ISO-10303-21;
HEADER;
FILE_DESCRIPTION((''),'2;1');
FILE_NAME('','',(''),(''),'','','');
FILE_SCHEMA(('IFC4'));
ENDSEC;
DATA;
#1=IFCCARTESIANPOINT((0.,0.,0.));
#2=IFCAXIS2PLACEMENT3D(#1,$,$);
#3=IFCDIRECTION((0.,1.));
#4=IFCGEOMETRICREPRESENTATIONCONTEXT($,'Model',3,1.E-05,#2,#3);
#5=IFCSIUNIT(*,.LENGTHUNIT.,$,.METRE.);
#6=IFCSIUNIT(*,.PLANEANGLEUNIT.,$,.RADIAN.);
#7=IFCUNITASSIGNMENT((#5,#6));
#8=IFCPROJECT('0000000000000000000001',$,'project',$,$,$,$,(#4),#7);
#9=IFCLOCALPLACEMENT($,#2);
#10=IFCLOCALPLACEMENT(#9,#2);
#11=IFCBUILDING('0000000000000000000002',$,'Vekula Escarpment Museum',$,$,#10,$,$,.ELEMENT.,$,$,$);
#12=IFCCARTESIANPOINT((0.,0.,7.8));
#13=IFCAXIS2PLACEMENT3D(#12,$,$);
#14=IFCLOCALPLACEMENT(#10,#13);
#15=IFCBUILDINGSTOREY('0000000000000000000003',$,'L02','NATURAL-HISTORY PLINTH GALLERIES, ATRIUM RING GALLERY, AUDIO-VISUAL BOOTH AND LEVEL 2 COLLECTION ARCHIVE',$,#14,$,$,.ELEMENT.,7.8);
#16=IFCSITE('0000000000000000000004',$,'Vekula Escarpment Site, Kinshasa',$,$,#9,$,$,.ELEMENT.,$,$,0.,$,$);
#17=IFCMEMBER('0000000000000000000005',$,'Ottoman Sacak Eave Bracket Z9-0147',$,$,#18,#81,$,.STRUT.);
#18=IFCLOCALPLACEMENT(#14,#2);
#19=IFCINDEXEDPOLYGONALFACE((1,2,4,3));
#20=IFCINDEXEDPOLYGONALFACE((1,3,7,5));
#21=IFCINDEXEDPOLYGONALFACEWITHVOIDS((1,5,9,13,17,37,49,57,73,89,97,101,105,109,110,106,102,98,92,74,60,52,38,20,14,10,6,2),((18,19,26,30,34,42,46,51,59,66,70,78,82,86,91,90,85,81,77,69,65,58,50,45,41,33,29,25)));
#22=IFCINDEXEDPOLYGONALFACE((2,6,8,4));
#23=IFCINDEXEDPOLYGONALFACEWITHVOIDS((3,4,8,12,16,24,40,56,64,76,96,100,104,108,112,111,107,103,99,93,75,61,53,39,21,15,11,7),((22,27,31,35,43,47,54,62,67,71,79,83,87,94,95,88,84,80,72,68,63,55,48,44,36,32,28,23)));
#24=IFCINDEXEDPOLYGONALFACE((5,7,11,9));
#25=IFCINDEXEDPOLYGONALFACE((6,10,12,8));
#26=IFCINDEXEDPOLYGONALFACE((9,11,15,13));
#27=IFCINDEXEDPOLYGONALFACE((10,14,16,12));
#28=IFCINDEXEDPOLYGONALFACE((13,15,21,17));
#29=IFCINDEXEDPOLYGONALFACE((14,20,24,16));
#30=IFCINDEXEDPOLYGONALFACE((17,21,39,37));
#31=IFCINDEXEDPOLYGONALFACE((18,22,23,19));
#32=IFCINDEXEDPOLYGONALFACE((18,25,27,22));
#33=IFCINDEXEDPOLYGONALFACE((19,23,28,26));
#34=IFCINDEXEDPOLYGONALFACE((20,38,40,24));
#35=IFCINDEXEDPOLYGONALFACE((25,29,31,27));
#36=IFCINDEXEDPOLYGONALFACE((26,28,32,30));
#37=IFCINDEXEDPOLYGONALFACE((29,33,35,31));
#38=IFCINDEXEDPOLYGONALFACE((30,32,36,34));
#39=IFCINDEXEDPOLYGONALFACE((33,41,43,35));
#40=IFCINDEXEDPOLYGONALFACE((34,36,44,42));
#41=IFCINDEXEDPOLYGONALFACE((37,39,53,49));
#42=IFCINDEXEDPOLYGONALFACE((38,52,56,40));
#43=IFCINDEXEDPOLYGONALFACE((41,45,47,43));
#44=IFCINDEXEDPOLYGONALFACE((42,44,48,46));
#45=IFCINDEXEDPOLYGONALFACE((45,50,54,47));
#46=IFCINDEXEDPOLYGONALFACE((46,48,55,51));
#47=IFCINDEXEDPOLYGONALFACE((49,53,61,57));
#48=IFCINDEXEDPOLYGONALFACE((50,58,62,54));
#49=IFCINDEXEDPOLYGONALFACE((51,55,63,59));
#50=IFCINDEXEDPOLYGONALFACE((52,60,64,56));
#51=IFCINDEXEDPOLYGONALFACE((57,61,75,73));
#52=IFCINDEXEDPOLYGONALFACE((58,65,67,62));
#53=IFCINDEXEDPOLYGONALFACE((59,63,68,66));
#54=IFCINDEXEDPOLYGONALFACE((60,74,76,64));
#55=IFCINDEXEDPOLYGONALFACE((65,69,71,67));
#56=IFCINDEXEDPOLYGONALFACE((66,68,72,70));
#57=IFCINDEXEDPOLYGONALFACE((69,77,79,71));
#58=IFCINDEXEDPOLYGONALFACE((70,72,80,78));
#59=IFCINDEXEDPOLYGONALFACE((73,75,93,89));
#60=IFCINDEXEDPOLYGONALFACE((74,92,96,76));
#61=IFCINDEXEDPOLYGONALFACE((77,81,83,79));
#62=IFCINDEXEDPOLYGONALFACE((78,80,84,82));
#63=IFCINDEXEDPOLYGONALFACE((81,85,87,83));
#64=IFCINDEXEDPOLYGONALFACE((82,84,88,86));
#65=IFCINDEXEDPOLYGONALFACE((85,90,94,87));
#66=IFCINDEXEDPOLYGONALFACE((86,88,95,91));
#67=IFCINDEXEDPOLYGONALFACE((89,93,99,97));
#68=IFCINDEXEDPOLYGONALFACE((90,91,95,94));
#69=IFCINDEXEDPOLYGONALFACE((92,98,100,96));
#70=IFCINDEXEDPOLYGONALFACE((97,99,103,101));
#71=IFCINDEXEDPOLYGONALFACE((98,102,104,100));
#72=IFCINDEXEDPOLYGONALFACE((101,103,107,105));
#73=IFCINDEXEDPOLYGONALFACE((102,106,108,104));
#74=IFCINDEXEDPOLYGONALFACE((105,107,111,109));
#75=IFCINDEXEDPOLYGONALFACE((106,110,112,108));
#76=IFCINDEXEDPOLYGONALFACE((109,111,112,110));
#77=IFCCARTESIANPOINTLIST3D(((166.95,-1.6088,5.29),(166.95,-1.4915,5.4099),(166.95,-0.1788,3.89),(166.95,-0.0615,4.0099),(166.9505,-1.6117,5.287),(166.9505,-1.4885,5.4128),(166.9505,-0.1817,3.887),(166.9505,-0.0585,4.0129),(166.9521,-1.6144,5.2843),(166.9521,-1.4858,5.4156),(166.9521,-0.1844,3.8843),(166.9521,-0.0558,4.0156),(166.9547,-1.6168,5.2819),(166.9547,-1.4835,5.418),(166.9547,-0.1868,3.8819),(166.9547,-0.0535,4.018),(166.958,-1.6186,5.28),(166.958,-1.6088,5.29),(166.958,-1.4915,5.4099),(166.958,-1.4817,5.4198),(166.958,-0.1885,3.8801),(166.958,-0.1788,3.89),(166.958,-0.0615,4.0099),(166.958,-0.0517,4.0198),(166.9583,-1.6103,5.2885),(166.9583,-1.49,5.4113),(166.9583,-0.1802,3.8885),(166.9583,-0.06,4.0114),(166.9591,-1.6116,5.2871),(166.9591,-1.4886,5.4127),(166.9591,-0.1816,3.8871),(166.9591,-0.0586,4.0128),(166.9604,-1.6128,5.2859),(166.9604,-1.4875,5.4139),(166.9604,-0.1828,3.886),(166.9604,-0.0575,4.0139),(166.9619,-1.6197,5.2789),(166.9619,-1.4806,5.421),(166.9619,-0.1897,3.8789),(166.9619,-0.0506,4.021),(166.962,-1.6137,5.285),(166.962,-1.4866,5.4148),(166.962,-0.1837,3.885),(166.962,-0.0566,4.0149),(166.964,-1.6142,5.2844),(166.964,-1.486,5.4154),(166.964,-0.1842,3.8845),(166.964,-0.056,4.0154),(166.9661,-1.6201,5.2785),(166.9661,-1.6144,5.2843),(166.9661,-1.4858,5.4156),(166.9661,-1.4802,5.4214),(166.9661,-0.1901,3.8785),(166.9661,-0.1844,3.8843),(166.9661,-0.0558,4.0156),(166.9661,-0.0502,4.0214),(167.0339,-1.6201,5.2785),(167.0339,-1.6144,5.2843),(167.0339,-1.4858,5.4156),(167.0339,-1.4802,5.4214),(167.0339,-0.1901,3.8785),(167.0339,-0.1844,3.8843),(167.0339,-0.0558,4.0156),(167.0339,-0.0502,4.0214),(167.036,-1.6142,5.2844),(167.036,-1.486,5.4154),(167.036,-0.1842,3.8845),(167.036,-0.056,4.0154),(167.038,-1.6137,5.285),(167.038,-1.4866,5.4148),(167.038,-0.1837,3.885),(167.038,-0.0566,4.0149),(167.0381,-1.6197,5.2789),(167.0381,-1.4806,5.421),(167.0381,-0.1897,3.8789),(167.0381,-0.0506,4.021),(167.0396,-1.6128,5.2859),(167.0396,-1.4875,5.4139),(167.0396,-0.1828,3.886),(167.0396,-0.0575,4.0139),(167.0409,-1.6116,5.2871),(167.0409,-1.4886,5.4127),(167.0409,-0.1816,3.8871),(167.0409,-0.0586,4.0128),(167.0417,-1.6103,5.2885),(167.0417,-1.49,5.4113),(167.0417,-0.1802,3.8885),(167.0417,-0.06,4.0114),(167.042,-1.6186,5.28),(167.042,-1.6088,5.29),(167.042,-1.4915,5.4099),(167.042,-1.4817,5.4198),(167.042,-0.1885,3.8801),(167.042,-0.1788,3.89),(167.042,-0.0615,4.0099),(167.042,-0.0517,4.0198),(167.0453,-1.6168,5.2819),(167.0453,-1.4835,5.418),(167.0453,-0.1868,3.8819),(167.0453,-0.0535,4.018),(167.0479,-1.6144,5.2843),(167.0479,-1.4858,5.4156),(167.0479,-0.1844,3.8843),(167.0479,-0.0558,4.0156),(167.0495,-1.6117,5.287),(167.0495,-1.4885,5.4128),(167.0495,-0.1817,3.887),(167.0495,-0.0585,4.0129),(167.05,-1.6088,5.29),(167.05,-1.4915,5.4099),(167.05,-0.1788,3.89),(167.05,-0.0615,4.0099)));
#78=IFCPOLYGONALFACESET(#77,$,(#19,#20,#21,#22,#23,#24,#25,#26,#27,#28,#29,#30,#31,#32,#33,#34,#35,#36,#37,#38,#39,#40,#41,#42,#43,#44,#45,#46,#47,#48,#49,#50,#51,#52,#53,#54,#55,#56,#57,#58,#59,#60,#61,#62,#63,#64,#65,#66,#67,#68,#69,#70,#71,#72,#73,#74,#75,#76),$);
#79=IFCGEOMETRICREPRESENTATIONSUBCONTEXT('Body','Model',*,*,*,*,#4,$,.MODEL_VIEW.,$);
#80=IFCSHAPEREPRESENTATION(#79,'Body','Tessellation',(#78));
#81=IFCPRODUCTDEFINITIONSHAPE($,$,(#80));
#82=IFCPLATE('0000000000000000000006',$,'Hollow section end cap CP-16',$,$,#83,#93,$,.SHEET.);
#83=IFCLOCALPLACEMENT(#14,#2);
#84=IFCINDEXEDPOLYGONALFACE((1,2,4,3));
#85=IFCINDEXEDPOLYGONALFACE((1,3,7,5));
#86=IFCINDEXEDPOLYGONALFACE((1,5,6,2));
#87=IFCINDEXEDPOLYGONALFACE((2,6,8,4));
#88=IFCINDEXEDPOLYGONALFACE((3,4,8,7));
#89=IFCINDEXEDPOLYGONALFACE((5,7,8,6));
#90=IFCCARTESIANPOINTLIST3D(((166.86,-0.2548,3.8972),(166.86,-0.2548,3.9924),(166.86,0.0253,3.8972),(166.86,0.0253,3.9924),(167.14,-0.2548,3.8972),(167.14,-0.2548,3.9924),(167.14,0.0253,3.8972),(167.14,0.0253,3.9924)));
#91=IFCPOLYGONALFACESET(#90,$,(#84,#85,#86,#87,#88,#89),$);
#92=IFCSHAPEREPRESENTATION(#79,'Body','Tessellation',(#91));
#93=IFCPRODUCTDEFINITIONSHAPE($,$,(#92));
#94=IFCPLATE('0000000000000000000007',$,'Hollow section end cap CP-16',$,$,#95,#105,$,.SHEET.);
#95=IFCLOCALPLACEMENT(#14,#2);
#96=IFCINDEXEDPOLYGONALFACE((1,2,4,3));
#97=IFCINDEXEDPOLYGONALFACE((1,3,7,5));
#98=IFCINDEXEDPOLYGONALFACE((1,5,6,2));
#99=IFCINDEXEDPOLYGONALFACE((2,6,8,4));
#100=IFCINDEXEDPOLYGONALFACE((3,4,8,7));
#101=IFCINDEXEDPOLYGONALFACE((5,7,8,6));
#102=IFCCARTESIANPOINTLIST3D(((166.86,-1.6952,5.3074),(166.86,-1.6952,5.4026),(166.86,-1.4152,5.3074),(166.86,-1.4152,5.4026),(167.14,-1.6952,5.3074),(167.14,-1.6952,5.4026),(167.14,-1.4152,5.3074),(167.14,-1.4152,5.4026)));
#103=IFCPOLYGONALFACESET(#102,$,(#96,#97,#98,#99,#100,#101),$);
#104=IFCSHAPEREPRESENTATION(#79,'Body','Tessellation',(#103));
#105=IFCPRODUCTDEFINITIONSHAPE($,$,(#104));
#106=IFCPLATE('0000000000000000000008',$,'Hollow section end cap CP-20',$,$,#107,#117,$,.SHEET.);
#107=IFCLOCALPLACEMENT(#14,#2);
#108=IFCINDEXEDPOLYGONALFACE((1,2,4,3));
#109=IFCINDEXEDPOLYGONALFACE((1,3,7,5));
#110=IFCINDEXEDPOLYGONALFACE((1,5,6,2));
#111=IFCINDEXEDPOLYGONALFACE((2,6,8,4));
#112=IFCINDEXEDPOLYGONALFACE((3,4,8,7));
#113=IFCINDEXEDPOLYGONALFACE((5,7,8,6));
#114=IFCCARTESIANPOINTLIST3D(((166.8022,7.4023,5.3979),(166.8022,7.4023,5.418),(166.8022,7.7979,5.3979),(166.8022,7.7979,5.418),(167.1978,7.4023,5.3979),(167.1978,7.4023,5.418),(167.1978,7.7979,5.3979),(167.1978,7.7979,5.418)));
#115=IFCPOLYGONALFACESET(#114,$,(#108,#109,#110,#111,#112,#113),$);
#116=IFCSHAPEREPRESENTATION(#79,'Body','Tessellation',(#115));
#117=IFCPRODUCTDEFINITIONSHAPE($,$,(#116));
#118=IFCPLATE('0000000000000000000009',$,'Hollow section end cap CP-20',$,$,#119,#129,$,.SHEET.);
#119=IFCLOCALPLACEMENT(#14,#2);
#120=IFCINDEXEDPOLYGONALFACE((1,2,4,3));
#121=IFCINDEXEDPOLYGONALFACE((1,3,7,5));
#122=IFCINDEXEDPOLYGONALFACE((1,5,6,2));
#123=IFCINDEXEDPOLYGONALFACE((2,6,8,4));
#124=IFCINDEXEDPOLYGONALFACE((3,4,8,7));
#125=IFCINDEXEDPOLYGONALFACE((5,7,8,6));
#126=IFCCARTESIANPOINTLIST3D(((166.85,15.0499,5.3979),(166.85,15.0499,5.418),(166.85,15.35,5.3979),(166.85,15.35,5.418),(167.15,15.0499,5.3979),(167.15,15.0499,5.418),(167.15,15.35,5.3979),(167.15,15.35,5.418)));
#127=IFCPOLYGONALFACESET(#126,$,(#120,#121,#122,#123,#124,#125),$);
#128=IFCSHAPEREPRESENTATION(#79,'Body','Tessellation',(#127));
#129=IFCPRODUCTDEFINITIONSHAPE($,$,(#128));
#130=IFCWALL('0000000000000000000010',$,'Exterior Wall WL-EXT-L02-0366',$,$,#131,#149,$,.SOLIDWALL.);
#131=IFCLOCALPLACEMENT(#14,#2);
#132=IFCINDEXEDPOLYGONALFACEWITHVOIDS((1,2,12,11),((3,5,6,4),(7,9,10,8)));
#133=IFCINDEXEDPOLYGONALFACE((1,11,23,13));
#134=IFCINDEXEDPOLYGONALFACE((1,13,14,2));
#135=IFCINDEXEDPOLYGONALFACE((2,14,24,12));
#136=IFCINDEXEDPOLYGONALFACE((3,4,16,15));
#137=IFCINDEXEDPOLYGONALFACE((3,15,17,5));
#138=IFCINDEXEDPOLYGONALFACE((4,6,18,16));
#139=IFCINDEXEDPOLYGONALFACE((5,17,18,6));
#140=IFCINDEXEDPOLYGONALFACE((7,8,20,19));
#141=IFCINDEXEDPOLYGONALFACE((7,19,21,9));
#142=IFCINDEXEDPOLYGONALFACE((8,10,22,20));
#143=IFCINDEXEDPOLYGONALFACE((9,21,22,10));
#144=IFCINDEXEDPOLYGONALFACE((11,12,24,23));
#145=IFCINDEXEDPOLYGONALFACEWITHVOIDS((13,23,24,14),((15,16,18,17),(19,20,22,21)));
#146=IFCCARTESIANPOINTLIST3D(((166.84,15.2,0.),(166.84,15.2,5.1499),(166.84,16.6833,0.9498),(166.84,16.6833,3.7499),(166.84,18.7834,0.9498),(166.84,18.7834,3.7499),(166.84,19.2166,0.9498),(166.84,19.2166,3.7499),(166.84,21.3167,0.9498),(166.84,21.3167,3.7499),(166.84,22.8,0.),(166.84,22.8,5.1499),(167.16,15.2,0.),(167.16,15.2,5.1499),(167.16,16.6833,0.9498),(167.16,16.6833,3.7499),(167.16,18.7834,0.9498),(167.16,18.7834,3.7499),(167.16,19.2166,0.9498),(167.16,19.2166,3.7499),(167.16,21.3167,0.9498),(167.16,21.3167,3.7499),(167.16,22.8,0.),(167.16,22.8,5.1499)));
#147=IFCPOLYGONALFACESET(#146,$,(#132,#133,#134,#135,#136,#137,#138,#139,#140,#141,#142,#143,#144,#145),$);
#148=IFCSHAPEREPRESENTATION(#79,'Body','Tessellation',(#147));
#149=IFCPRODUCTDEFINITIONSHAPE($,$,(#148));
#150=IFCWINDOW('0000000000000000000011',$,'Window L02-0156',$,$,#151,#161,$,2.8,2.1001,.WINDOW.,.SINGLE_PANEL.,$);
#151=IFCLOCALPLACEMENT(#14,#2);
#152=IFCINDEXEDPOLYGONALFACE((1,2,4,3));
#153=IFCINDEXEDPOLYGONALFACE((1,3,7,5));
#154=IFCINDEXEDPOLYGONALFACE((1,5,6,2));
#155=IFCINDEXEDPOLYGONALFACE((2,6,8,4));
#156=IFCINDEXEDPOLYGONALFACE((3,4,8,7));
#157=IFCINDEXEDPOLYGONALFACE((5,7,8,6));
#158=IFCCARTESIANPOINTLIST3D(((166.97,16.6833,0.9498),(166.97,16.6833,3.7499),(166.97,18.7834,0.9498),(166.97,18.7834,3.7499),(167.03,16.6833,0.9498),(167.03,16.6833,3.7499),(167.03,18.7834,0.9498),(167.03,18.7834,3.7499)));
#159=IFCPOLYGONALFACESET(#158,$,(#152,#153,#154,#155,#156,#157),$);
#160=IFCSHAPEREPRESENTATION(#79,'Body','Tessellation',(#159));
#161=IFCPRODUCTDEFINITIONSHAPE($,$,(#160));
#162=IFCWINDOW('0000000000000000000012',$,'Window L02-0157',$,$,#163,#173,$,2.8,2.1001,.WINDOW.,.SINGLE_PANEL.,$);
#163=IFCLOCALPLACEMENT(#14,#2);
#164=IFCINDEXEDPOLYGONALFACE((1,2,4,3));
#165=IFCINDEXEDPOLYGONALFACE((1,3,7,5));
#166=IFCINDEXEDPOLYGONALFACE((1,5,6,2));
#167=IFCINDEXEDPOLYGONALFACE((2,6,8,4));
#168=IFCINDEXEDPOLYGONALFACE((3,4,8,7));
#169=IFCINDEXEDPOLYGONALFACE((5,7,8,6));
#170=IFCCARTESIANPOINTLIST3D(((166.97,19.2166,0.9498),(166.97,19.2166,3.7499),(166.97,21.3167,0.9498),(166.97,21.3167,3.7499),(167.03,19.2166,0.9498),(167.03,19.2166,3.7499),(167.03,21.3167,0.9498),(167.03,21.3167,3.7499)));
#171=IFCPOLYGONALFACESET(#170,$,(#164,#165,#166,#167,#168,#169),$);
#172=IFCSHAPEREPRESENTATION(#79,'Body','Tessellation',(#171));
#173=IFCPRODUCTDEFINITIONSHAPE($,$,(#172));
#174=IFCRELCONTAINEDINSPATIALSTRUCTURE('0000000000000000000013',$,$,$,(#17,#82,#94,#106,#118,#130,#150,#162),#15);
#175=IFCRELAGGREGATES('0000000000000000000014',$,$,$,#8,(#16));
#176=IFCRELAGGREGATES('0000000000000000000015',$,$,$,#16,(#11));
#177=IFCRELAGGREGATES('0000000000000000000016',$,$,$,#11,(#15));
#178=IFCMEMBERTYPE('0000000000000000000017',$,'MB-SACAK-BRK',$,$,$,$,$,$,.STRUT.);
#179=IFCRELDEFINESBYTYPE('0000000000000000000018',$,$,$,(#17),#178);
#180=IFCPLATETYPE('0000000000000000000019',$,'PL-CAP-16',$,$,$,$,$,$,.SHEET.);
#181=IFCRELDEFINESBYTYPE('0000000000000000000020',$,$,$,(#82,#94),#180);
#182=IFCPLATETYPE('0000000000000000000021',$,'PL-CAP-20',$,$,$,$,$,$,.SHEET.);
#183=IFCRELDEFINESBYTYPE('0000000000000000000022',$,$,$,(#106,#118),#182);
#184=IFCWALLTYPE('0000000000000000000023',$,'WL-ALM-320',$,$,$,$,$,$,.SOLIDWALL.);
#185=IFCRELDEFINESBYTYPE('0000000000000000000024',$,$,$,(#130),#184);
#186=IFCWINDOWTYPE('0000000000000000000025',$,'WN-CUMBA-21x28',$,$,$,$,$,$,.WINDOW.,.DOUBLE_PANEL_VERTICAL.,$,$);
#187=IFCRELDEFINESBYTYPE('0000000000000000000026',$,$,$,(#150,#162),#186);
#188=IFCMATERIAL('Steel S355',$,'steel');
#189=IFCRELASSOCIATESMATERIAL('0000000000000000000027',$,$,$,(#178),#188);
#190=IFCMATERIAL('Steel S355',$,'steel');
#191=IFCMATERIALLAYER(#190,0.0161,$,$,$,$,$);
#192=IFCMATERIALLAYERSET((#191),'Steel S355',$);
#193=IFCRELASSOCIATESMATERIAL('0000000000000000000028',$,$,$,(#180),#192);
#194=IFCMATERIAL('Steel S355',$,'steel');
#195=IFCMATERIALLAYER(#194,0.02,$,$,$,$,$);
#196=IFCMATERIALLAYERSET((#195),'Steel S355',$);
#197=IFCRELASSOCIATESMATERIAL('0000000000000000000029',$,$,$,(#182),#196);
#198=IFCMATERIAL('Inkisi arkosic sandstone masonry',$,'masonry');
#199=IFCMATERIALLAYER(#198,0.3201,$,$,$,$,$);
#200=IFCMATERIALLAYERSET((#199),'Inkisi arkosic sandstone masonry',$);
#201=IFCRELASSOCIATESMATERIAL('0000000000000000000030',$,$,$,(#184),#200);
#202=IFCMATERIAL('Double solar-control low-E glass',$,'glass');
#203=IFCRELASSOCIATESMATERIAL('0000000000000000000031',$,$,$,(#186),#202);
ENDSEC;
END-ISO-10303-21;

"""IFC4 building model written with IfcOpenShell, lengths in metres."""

from ifc_helpers import new_model, si_unit, direction, frame, frame_2d, origin, origin_2d, place, context, subcontext, project, spatial, rectangle, hollow_rectangle, extrude, material, layer, layer_set, material_profile, profile_set, type_object, element, fill, save


model = new_model("IFC4")

# Units and contexts
model_context = context("Model", 3, precision=1e-05, world=origin(), true_north=direction((0.0, 1.0)))
body_context = subcontext(model_context, "Body", "Model", "MODEL_VIEW")
ifc_project = project(units=[si_unit("LENGTHUNIT", "METRE"), si_unit("PLANEANGLEUNIT", "RADIAN")], contexts=[model_context])

# Site, building, storey
site_placement = place(None, origin())
site = spatial("IfcSite", under=ifc_project, at=site_placement, Name="Vekula Escarpment Site, Kinshasa", CompositionType="ELEMENT", RefElevation=0.0)
building_placement = place(site_placement, origin())
building = spatial("IfcBuilding", under=site, at=building_placement, Name="Vekula Escarpment Museum", CompositionType="ELEMENT")
storey_placement = place(building_placement, frame((0.0, 0.0, 7.8)))
storey = spatial("IfcBuildingStorey", under=building, at=storey_placement, Name="L02", Description="NATURAL-HISTORY PLINTH GALLERIES, ATRIUM RING GALLERY, AUDIO-VISUAL BOOTH AND LEVEL 2 COLLECTION ARCHIVE", CompositionType="ELEMENT", Elevation=7.8)

# Member
ifc_material_1 = material(Name="Steel S355", Category="steel")
ifc_material_profile_1 = material_profile(ifc_material_1, hollow_rectangle(XDim=0.1001, YDim=0.2, WallThickness=0.0081, InnerFilletRadius=0.0081, OuterFilletRadius=0.0161, at=origin_2d()), Name="RHS 200x100x8")
ifc_profile_set_1 = profile_set([ifc_material_profile_1], Name="Steel S355")
member_type = type_object("IfcMemberType", Name="MB-SACAK-BRK", PredefinedType="STRUT", material=ifc_profile_set_1)
member_placement = place(storey_placement, frame((167.0, -0.1201, 3.95), z_axis=(0.0, -0.71457, 0.699564), x_axis=(1.0, 0.0, 0.0)))
element("IfcMember", 1, at=member_placement, inside=storey, type_object=member_type, Name="Ottoman Sacak Eave Bracket Z9-0147", PredefinedType="STRUT", context=body_context, shape_type="SweptSolid", body=[
    extrude(hollow_rectangle(XDim=0.1001, YDim=0.2, WallThickness=0.0081, InnerFilletRadius=0.0081, OuterFilletRadius=0.0161, at=origin_2d()), origin(), (0.0, 0.0, 1.0), 2.0012),
])

# Plates
ifc_material_2 = material(Name="Steel S355", Category="steel")
ifc_layer_1 = layer(ifc_material_2, 0.0161)
ifc_layer_set_1 = layer_set([ifc_layer_1], Name="Steel S355")
plate_type_1 = type_object("IfcPlateType", Name="PL-CAP-16", PredefinedType="SHEET", material=ifc_layer_set_1)
for number, where, z_axis, x_axis, name in (
    (2, (167.0, -0.1147, 3.8972), (0.0, 0.0, 1.0), (1.0, 0.0, 0.0), "Hollow section end cap CP-16"),
    (3, (167.0, -1.5552, 5.3074), (0.0, 0.0, 1.0), (1.0, 0.0, 0.0), "Hollow section end cap CP-16"),
):
    element("IfcPlate", number, at=place(storey_placement, frame(where, z_axis=z_axis, x_axis=x_axis)), inside=storey, type_object=plate_type_1, Name=name, PredefinedType="SHEET", context=body_context, shape_type="SweptSolid", body=[
        extrude(rectangle(XDim=0.28, YDim=0.28, at=origin_2d()), origin(), (0.0, 0.0, 1.0), 0.0952),
    ])
ifc_material_3 = material(Name="Steel S355", Category="steel")
ifc_layer_2 = layer(ifc_material_3, 0.02)
ifc_layer_set_2 = layer_set([ifc_layer_2], Name="Steel S355")
plate_type_2 = type_object("IfcPlateType", Name="PL-CAP-20", PredefinedType="SHEET", material=ifc_layer_set_2)
plate_1_placement = place(storey_placement, frame((167.0, 7.6001, 5.3979), z_axis=(0.0, 0.0, 1.0), x_axis=(1.0, 0.0, 0.0)))
element("IfcPlate", 4, at=plate_1_placement, inside=storey, type_object=plate_type_2, Name="Hollow section end cap CP-20", PredefinedType="SHEET", context=body_context, shape_type="SweptSolid", body=[
    extrude(rectangle(XDim=0.3955, YDim=0.3955, at=origin_2d()), origin(), (0.0, 0.0, 1.0), 0.02),
])
plate_2_placement = place(storey_placement, frame((167.0, 15.2, 5.3979), z_axis=(0.0, 0.0, 1.0), x_axis=(1.0, 0.0, 0.0)))
element("IfcPlate", 5, at=plate_2_placement, inside=storey, type_object=plate_type_2, Name="Hollow section end cap CP-20", PredefinedType="SHEET", context=body_context, shape_type="SweptSolid", body=[
    extrude(rectangle(XDim=0.3, YDim=0.3, at=origin_2d()), origin(), (0.0, 0.0, 1.0), 0.02),
])

# Wall, openings, windows
ifc_material_4 = material(Name="Inkisi arkosic sandstone masonry", Category="masonry")
ifc_layer_3 = layer(ifc_material_4, 0.3201)
ifc_layer_set_3 = layer_set([ifc_layer_3], Name="Inkisi arkosic sandstone masonry")
wall_type_1 = type_object("IfcWallType", Name="WL-ALM-320", PredefinedType="SOLIDWALL", material=ifc_layer_set_3)
wall_1_placement = place(storey_placement, frame((167.0, 15.2, 0.0), z_axis=(0.0, 0.0, 1.0), x_axis=(0.0, 1.0, 0.0)))
wall_1 = element("IfcWall", 6, at=wall_1_placement, inside=storey, type_object=wall_type_1, Name="Exterior Wall WL-EXT-L02-0366", PredefinedType="SOLIDWALL", context=body_context, shape_type="SweptSolid", body=[
    extrude(rectangle(XDim=7.6001, YDim=0.3201, at=frame_2d((3.8, 0.0))), origin(), (0.0, 0.0, 1.0), 5.1499),
])
opening_1_placement = place(wall_1_placement, frame((1.4834, 0.0, 0.95)))
opening_1 = element("IfcOpeningElement", 7, at=opening_1_placement, cuts=wall_1, PredefinedType="OPENING", context=body_context, shape_type="SweptSolid", body=[
    extrude(rectangle(XDim=2.1001, YDim=2.8, at=frame_2d((1.05, 1.3999))), frame((0.0, 0.1699, 0.0), z_axis=(0.0, -1.0, 0.0), x_axis=(1.0, 0.0, 0.0)), (0.0, 0.0, 1.0), 0.3401),
])
opening_2_placement = place(wall_1_placement, frame((4.0166, 0.0, 0.95)))
opening_2 = element("IfcOpeningElement", 8, at=opening_2_placement, cuts=wall_1, PredefinedType="OPENING", context=body_context, shape_type="SweptSolid", body=[
    extrude(rectangle(XDim=2.1001, YDim=2.8, at=frame_2d((1.05, 1.3999))), frame((0.0, 0.1699, 0.0), z_axis=(0.0, -1.0, 0.0), x_axis=(1.0, 0.0, 0.0)), (0.0, 0.0, 1.0), 0.3401),
])
ifc_material_5 = material(Name="Double solar-control low-E glass", Category="glass")
window_type_1 = type_object("IfcWindowType", Name="WN-CUMBA-21x28", PartitioningType="DOUBLE_PANEL_VERTICAL", PredefinedType="WINDOW", material=ifc_material_5)
window_1_placement = place(opening_1_placement, origin())
window_1 = element("IfcWindow", 9, at=window_1_placement, inside=storey, type_object=window_type_1, Name="Window L02-0156", OverallHeight=2.8, OverallWidth=2.1001, PartitioningType="SINGLE_PANEL", PredefinedType="WINDOW", context=body_context, shape_type="SweptSolid", body=[
    extrude(rectangle(XDim=2.1001, YDim=2.8, at=frame_2d((1.05, 1.3999))), frame((0.0, 0.03, 0.0), z_axis=(0.0, -1.0, 0.0), x_axis=(1.0, 0.0, 0.0)), (0.0, 0.0, 1.0), 0.0601),
])
fill(opening_1, window_1)
window_2_placement = place(opening_2_placement, origin())
window_2 = element("IfcWindow", 10, at=window_2_placement, inside=storey, type_object=window_type_1, Name="Window L02-0157", OverallHeight=2.8, OverallWidth=2.1001, PartitioningType="SINGLE_PANEL", PredefinedType="WINDOW", context=body_context, shape_type="SweptSolid", body=[
    extrude(rectangle(XDim=2.1001, YDim=2.8, at=frame_2d((1.05, 1.3999))), frame((0.0, 0.03, 0.0), z_axis=(0.0, -1.0, 0.0), x_axis=(1.0, 0.0, 0.0)), (0.0, 0.0, 1.0), 0.0601),
])
fill(opening_2, window_2)

save(model, "model.ifc")
